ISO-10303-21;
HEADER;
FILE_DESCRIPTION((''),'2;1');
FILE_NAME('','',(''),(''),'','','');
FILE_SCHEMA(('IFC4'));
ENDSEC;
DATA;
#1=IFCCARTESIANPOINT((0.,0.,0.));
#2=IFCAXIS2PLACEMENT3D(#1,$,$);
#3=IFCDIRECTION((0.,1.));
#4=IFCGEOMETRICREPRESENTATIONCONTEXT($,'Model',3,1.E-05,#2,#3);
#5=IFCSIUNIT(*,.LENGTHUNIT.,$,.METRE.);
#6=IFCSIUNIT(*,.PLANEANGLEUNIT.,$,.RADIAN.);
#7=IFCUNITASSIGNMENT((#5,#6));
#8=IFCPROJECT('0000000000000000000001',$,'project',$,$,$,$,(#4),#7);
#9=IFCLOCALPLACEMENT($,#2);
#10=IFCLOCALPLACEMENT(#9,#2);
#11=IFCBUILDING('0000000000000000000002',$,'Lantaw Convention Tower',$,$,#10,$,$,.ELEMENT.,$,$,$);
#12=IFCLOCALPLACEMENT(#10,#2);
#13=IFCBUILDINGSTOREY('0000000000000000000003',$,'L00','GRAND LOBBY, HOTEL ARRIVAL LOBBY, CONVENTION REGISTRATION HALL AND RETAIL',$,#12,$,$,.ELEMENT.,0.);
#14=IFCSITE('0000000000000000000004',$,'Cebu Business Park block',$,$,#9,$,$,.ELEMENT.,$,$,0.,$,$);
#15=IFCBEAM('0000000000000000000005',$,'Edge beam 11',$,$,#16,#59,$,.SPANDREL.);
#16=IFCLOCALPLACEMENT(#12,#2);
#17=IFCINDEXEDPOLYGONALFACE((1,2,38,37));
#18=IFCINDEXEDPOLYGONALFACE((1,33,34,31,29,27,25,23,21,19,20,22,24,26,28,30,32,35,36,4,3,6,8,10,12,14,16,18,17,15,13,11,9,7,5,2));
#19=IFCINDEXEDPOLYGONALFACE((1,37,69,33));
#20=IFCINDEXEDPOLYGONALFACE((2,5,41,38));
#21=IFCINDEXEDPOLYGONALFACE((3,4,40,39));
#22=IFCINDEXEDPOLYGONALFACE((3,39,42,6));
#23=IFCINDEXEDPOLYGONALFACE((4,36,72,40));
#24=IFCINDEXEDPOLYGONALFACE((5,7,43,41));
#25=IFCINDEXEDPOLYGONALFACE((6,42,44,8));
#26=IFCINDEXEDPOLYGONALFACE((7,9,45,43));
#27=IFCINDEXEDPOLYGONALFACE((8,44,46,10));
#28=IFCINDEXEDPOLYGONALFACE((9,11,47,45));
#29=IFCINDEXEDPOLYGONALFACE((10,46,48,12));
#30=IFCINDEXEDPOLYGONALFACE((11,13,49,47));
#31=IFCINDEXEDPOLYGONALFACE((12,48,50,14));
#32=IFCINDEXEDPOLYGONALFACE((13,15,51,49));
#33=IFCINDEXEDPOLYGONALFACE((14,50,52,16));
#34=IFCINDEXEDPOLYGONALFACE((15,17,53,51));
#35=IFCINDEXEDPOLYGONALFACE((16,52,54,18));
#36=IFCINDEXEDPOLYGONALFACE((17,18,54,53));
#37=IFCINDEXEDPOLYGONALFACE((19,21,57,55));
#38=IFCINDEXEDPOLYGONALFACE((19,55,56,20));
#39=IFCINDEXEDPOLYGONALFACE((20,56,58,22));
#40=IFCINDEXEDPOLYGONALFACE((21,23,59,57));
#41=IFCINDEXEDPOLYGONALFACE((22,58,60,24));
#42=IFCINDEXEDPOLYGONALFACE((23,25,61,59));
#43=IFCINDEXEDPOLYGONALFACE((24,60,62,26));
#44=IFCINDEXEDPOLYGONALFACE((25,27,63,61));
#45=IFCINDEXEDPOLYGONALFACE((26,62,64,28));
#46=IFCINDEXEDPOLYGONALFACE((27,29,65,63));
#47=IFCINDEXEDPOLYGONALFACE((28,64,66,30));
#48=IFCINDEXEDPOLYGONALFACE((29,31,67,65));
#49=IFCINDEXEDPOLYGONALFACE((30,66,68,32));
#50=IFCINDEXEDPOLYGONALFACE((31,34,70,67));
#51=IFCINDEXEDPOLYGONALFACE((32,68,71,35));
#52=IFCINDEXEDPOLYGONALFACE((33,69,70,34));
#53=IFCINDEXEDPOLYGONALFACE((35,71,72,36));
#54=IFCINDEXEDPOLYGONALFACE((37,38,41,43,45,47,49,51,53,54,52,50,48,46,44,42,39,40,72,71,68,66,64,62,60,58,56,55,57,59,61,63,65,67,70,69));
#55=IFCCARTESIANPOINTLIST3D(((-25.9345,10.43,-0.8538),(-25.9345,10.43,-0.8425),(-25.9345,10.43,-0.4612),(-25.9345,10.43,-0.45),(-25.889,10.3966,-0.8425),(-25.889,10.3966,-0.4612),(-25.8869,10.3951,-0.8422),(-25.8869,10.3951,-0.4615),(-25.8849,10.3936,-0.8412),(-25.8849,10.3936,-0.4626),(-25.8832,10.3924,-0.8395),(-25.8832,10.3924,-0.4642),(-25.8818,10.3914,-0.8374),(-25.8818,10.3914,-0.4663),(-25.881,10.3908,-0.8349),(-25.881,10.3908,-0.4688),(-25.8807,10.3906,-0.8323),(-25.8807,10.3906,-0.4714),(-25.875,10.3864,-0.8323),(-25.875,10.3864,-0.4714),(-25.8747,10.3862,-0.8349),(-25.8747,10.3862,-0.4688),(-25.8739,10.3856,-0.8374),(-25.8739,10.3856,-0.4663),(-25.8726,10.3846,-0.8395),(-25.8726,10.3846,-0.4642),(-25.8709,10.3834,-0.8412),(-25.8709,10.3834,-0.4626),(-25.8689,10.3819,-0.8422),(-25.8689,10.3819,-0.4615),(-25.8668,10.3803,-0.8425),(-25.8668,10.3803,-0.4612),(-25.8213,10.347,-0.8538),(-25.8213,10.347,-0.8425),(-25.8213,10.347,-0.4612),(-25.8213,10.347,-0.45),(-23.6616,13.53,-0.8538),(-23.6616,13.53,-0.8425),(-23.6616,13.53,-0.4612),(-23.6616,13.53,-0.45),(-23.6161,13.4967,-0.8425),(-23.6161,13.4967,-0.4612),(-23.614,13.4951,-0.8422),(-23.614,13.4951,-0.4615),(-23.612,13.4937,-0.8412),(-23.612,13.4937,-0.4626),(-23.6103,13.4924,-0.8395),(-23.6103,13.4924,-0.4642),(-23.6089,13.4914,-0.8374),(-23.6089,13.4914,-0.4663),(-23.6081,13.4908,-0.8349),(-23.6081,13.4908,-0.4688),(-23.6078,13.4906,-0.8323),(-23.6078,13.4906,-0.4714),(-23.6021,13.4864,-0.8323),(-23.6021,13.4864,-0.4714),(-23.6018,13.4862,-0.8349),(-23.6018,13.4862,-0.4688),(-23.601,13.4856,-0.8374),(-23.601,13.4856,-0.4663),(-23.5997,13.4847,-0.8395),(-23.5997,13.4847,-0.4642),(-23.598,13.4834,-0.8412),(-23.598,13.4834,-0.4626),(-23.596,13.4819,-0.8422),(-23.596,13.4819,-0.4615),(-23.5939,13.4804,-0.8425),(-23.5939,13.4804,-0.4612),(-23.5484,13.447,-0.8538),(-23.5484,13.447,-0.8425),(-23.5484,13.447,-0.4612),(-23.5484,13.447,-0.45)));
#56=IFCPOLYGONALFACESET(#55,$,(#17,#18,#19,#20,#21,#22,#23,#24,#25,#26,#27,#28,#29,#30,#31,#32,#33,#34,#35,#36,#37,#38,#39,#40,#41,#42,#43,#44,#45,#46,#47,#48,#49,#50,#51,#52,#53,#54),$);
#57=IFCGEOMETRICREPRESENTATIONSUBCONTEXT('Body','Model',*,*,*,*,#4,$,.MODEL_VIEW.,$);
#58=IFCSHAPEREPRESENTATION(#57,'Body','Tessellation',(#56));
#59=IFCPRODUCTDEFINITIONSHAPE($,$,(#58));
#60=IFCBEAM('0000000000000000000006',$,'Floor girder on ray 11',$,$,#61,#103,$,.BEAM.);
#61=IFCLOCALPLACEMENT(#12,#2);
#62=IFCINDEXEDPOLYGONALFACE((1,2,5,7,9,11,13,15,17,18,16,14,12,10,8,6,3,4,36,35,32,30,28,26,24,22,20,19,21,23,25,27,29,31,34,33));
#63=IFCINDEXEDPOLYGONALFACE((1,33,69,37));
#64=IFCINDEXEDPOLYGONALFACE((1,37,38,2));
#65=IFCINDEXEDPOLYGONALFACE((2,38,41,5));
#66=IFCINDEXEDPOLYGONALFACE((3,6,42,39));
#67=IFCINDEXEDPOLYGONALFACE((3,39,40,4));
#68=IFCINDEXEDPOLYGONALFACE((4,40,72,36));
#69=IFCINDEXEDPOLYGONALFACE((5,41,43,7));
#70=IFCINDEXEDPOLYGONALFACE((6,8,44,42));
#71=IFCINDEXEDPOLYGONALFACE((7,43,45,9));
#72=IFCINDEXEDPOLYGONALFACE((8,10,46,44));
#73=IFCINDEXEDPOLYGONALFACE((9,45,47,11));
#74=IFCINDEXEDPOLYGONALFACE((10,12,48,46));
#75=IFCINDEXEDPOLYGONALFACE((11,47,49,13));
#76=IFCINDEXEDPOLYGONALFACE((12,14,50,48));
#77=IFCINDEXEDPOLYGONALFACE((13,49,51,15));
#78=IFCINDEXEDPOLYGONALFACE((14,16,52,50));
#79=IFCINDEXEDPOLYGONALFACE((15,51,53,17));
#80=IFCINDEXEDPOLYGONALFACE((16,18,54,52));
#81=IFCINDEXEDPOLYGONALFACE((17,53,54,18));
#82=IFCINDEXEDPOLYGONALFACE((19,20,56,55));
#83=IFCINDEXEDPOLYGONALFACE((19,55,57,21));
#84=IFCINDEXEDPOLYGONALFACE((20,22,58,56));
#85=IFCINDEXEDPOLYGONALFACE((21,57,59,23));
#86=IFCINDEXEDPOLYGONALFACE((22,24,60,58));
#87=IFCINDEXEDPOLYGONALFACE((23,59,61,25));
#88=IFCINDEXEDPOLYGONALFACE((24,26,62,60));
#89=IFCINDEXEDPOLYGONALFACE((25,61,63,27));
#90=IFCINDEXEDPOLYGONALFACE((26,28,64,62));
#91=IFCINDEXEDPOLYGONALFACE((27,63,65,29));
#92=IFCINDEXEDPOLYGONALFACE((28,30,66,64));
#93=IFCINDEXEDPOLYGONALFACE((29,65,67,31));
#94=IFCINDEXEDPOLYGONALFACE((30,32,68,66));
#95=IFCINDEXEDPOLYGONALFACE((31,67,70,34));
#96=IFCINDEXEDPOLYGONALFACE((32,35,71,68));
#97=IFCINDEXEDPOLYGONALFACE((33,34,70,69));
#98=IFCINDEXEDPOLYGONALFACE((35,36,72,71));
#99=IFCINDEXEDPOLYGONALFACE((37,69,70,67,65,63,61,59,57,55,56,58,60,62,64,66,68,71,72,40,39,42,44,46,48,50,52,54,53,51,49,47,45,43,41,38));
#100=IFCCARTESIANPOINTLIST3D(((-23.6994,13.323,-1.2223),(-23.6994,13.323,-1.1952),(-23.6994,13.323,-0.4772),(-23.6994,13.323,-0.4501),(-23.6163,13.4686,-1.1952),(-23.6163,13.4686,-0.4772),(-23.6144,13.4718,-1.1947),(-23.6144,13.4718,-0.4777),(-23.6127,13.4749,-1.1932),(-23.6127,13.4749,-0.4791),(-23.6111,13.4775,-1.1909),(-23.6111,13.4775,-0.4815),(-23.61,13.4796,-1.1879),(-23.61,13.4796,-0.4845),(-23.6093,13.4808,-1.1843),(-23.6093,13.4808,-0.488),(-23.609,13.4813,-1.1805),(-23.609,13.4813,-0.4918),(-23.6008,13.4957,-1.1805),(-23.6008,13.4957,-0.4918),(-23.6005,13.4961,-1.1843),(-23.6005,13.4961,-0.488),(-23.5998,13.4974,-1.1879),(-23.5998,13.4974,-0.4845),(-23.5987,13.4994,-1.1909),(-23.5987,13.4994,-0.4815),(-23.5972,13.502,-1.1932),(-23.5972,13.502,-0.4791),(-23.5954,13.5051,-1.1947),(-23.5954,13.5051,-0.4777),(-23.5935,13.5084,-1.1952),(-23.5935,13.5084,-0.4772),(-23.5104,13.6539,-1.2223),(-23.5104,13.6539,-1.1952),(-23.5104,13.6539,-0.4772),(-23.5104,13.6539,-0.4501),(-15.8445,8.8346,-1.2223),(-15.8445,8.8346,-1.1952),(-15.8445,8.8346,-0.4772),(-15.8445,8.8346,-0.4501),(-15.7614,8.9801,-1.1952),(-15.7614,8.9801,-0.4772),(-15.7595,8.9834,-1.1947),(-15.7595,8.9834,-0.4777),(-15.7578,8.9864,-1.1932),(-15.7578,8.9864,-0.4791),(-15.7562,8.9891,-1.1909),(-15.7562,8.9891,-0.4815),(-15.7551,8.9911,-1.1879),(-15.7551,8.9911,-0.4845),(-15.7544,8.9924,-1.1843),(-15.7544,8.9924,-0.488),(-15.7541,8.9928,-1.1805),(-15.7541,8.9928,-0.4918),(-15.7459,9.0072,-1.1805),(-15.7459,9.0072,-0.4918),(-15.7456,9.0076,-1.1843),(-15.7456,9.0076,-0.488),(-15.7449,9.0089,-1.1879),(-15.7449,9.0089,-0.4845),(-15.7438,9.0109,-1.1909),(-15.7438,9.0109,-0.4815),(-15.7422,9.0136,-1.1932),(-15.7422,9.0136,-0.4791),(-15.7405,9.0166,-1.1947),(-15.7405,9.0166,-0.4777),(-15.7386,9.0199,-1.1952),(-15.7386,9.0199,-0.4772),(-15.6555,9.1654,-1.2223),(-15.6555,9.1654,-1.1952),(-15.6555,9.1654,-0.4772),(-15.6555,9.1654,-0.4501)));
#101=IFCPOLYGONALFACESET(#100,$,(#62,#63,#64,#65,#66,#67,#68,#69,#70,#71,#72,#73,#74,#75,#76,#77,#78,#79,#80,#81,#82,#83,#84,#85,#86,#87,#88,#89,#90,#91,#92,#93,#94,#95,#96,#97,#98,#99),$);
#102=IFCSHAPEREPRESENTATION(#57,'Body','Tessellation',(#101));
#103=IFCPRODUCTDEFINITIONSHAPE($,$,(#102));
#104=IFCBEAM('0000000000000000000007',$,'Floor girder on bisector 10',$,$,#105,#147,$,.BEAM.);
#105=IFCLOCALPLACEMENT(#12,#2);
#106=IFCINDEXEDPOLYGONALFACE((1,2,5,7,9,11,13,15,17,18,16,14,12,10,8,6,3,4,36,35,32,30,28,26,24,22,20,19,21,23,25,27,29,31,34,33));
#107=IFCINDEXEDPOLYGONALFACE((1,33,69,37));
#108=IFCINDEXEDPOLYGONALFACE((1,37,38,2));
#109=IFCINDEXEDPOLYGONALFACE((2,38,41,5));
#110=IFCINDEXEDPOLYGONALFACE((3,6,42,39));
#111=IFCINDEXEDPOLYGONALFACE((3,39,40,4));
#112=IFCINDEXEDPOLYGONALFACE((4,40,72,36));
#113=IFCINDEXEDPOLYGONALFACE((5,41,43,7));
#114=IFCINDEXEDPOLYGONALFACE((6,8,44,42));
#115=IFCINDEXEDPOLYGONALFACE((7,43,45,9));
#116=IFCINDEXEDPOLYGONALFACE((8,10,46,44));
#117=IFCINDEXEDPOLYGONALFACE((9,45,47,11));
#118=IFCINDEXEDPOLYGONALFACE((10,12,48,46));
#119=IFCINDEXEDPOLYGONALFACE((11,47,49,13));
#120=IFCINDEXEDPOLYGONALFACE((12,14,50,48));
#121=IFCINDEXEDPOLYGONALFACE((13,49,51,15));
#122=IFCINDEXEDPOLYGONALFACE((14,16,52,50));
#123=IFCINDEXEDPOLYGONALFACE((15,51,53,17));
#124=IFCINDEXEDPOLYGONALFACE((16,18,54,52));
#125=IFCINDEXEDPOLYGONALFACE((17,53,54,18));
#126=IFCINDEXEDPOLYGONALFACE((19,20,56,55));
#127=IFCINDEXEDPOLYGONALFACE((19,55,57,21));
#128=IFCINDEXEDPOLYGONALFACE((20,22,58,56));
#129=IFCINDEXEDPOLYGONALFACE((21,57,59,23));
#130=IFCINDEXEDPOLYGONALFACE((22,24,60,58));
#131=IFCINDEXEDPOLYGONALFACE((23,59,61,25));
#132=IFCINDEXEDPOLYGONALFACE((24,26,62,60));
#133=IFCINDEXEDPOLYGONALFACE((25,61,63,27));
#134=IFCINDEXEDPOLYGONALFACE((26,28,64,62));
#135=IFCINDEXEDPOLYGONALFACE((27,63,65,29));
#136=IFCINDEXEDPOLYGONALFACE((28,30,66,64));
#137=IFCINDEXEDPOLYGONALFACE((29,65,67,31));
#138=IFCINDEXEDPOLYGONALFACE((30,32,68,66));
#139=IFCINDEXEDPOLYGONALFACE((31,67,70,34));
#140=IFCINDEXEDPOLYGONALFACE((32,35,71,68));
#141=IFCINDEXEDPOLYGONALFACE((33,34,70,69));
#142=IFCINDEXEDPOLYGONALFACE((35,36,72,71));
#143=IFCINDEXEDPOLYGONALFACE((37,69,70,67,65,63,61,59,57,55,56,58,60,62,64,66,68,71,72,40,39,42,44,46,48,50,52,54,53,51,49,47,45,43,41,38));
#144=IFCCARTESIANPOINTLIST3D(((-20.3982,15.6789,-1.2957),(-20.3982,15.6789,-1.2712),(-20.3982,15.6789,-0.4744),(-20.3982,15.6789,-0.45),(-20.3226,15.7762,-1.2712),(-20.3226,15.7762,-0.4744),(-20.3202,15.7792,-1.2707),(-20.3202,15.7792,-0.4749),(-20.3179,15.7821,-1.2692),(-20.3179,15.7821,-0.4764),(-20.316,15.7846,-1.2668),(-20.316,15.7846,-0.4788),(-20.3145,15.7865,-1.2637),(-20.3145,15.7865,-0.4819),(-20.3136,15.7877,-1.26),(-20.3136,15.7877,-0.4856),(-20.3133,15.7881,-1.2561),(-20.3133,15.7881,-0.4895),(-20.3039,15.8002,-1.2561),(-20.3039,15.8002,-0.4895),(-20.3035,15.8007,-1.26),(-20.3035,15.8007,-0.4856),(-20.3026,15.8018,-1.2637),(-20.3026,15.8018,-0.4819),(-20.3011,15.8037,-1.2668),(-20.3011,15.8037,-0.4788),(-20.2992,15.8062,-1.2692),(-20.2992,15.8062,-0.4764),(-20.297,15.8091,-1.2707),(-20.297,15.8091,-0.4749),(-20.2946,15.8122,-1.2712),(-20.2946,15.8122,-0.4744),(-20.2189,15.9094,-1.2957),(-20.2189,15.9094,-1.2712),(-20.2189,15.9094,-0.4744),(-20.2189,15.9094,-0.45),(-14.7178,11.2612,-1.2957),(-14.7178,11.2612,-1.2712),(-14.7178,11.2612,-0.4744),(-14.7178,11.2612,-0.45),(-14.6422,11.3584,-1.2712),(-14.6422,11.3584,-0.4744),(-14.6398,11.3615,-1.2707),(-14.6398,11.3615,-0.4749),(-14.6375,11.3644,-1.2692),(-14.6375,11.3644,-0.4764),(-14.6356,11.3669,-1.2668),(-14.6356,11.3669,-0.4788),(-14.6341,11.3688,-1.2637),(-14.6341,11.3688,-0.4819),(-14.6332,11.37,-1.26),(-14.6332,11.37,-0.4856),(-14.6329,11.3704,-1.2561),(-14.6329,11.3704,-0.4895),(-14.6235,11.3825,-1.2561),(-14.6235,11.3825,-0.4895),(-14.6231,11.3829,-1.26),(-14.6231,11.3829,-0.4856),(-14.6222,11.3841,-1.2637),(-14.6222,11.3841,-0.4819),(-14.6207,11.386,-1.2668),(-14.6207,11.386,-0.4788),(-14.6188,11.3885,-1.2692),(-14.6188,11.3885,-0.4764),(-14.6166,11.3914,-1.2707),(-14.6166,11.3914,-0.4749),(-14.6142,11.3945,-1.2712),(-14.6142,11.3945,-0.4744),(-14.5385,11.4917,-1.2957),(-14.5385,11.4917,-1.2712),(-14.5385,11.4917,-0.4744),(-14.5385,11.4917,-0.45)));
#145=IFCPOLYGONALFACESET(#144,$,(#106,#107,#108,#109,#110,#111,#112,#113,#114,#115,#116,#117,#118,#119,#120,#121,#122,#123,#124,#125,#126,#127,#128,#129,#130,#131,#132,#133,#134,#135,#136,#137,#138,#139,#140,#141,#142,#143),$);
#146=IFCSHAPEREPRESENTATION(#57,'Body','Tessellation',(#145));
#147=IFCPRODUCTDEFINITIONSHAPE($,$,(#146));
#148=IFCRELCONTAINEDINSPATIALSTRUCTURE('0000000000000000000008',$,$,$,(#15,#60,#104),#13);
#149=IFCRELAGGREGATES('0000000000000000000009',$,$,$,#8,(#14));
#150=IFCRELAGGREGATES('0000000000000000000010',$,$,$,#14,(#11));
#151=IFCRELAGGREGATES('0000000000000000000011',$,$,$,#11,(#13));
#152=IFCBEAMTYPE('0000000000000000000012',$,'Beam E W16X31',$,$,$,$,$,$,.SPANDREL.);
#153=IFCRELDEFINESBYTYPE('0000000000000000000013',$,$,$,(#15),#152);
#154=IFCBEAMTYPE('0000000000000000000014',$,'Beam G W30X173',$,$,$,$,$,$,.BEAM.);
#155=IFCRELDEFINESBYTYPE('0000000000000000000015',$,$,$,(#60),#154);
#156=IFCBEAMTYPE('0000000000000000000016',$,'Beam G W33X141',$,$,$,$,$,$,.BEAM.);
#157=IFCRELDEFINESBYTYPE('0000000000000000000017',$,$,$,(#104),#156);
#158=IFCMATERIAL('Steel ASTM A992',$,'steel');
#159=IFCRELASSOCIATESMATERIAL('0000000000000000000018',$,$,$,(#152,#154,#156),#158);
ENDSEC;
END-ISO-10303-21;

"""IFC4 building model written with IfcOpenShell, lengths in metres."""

from ifc_helpers import new_model, si_unit, direction, frame, origin, origin_2d, place, context, subcontext, project, spatial, i_section, extrude, material, material_profile, profile_set, type_object, element, save


model = new_model("IFC4")

# Units and contexts
model_context = context("Model", 3, precision=1e-05, world=origin(), true_north=direction((0.0, 1.0)))
body_context = subcontext(model_context, "Body", "Model", "MODEL_VIEW")
ifc_project = project(units=[si_unit("LENGTHUNIT", "METRE"), si_unit("PLANEANGLEUNIT", "RADIAN")], contexts=[model_context])

# Site, building, storey
site_placement = place(None, origin())
site = spatial("IfcSite", under=ifc_project, at=site_placement, Name="Cebu Business Park block", CompositionType="ELEMENT", RefElevation=0.0)
building_placement = place(site_placement, origin())
building = spatial("IfcBuilding", under=site, at=building_placement, Name="Lantaw Convention Tower", CompositionType="ELEMENT")
storey_placement = place(building_placement, origin())
storey = spatial("IfcBuildingStorey", under=building, at=storey_placement, Name="L00", Description="GRAND LOBBY, HOTEL ARRIVAL LOBBY, CONVENTION REGISTRATION HALL AND RETAIL", CompositionType="ELEMENT", Elevation=0.0)

# Beams
ifc_material_1 = material(Name="Steel ASTM A992", Category="steel")
ifc_material_profile_1 = material_profile(ifc_material_1, i_section(OverallWidth=0.1404, OverallDepth=0.4038, WebThickness=0.0071, FlangeThickness=0.0112, FilletRadius=0.0103, at=origin_2d()), Name="W16X31")
ifc_profile_set_1 = profile_set([ifc_material_profile_1], Name="Steel ASTM A992")
beam_type_1 = type_object("IfcBeamType", Name="Beam E W16X31", PredefinedType="SPANDREL", material=ifc_profile_set_1)
beam_1_placement = place(storey_placement, frame((-23.605, 13.4885, -0.6519), z_axis=(-0.591287, -0.806462, 0.0), x_axis=(0.806462, -0.591287, 0.0)))
element("IfcBeam", 1, at=beam_1_placement, inside=storey, type_object=beam_type_1, Name="Edge beam 11", PredefinedType="SPANDREL", context=body_context, shape_type="SweptSolid", body=[
    extrude(i_section(OverallWidth=0.1404, OverallDepth=0.4038, WebThickness=0.0071, FlangeThickness=0.0112, FilletRadius=0.0103, at=origin_2d()), origin(), (0.0, 0.0, 1.0), 3.844),
])
ifc_material_profile_2 = material_profile(ifc_material_1, i_section(OverallWidth=0.3811, OverallDepth=0.7722, WebThickness=0.0166, FlangeThickness=0.0271, FilletRadius=0.0146, at=origin_2d()), Name="W30X173")
ifc_profile_set_2 = profile_set([ifc_material_profile_2], Name="Steel ASTM A992")
beam_type_2 = type_object("IfcBeamType", Name="Beam G W30X173", PredefinedType="BEAM", material=ifc_profile_set_2)
beam_2_placement = place(storey_placement, frame((-15.75, 9.0, -0.8362), z_axis=(-0.868245, 0.496136, 0.0), x_axis=(-0.496136, -0.868245, 0.0)))
element("IfcBeam", 2, at=beam_2_placement, inside=storey, type_object=beam_type_2, Name="Floor girder on ray 11", PredefinedType="BEAM", context=body_context, shape_type="SweptSolid", body=[
    extrude(i_section(OverallWidth=0.3811, OverallDepth=0.7722, WebThickness=0.0166, FlangeThickness=0.0271, FilletRadius=0.0146, at=origin_2d()), origin(), (0.0, 0.0, 1.0), 9.0469),
])
ifc_material_profile_3 = material_profile(ifc_material_1, i_section(OverallWidth=0.292, OverallDepth=0.8457, WebThickness=0.0154, FlangeThickness=0.0244, FilletRadius=0.0151, at=origin_2d()), Name="W33X141")
ifc_profile_set_3 = profile_set([ifc_material_profile_3], Name="Steel ASTM A992")
beam_type_3 = type_object("IfcBeamType", Name="Beam G W33X141", PredefinedType="BEAM", material=ifc_profile_set_3)
beam_3_placement = place(storey_placement, frame((-14.6282, 11.3765, -0.8728), z_axis=(-0.789378, 0.613908, 0.0), x_axis=(-0.613908, -0.789378, 0.0)))
element("IfcBeam", 3, at=beam_3_placement, inside=storey, type_object=beam_type_3, Name="Floor girder on bisector 10", PredefinedType="BEAM", context=body_context, shape_type="SweptSolid", body=[
    extrude(i_section(OverallWidth=0.292, OverallDepth=0.8457, WebThickness=0.0154, FlangeThickness=0.0244, FilletRadius=0.0151, at=origin_2d()), origin(), (0.0, 0.0, 1.0), 7.196),
])

save(model, "model.ifc")
